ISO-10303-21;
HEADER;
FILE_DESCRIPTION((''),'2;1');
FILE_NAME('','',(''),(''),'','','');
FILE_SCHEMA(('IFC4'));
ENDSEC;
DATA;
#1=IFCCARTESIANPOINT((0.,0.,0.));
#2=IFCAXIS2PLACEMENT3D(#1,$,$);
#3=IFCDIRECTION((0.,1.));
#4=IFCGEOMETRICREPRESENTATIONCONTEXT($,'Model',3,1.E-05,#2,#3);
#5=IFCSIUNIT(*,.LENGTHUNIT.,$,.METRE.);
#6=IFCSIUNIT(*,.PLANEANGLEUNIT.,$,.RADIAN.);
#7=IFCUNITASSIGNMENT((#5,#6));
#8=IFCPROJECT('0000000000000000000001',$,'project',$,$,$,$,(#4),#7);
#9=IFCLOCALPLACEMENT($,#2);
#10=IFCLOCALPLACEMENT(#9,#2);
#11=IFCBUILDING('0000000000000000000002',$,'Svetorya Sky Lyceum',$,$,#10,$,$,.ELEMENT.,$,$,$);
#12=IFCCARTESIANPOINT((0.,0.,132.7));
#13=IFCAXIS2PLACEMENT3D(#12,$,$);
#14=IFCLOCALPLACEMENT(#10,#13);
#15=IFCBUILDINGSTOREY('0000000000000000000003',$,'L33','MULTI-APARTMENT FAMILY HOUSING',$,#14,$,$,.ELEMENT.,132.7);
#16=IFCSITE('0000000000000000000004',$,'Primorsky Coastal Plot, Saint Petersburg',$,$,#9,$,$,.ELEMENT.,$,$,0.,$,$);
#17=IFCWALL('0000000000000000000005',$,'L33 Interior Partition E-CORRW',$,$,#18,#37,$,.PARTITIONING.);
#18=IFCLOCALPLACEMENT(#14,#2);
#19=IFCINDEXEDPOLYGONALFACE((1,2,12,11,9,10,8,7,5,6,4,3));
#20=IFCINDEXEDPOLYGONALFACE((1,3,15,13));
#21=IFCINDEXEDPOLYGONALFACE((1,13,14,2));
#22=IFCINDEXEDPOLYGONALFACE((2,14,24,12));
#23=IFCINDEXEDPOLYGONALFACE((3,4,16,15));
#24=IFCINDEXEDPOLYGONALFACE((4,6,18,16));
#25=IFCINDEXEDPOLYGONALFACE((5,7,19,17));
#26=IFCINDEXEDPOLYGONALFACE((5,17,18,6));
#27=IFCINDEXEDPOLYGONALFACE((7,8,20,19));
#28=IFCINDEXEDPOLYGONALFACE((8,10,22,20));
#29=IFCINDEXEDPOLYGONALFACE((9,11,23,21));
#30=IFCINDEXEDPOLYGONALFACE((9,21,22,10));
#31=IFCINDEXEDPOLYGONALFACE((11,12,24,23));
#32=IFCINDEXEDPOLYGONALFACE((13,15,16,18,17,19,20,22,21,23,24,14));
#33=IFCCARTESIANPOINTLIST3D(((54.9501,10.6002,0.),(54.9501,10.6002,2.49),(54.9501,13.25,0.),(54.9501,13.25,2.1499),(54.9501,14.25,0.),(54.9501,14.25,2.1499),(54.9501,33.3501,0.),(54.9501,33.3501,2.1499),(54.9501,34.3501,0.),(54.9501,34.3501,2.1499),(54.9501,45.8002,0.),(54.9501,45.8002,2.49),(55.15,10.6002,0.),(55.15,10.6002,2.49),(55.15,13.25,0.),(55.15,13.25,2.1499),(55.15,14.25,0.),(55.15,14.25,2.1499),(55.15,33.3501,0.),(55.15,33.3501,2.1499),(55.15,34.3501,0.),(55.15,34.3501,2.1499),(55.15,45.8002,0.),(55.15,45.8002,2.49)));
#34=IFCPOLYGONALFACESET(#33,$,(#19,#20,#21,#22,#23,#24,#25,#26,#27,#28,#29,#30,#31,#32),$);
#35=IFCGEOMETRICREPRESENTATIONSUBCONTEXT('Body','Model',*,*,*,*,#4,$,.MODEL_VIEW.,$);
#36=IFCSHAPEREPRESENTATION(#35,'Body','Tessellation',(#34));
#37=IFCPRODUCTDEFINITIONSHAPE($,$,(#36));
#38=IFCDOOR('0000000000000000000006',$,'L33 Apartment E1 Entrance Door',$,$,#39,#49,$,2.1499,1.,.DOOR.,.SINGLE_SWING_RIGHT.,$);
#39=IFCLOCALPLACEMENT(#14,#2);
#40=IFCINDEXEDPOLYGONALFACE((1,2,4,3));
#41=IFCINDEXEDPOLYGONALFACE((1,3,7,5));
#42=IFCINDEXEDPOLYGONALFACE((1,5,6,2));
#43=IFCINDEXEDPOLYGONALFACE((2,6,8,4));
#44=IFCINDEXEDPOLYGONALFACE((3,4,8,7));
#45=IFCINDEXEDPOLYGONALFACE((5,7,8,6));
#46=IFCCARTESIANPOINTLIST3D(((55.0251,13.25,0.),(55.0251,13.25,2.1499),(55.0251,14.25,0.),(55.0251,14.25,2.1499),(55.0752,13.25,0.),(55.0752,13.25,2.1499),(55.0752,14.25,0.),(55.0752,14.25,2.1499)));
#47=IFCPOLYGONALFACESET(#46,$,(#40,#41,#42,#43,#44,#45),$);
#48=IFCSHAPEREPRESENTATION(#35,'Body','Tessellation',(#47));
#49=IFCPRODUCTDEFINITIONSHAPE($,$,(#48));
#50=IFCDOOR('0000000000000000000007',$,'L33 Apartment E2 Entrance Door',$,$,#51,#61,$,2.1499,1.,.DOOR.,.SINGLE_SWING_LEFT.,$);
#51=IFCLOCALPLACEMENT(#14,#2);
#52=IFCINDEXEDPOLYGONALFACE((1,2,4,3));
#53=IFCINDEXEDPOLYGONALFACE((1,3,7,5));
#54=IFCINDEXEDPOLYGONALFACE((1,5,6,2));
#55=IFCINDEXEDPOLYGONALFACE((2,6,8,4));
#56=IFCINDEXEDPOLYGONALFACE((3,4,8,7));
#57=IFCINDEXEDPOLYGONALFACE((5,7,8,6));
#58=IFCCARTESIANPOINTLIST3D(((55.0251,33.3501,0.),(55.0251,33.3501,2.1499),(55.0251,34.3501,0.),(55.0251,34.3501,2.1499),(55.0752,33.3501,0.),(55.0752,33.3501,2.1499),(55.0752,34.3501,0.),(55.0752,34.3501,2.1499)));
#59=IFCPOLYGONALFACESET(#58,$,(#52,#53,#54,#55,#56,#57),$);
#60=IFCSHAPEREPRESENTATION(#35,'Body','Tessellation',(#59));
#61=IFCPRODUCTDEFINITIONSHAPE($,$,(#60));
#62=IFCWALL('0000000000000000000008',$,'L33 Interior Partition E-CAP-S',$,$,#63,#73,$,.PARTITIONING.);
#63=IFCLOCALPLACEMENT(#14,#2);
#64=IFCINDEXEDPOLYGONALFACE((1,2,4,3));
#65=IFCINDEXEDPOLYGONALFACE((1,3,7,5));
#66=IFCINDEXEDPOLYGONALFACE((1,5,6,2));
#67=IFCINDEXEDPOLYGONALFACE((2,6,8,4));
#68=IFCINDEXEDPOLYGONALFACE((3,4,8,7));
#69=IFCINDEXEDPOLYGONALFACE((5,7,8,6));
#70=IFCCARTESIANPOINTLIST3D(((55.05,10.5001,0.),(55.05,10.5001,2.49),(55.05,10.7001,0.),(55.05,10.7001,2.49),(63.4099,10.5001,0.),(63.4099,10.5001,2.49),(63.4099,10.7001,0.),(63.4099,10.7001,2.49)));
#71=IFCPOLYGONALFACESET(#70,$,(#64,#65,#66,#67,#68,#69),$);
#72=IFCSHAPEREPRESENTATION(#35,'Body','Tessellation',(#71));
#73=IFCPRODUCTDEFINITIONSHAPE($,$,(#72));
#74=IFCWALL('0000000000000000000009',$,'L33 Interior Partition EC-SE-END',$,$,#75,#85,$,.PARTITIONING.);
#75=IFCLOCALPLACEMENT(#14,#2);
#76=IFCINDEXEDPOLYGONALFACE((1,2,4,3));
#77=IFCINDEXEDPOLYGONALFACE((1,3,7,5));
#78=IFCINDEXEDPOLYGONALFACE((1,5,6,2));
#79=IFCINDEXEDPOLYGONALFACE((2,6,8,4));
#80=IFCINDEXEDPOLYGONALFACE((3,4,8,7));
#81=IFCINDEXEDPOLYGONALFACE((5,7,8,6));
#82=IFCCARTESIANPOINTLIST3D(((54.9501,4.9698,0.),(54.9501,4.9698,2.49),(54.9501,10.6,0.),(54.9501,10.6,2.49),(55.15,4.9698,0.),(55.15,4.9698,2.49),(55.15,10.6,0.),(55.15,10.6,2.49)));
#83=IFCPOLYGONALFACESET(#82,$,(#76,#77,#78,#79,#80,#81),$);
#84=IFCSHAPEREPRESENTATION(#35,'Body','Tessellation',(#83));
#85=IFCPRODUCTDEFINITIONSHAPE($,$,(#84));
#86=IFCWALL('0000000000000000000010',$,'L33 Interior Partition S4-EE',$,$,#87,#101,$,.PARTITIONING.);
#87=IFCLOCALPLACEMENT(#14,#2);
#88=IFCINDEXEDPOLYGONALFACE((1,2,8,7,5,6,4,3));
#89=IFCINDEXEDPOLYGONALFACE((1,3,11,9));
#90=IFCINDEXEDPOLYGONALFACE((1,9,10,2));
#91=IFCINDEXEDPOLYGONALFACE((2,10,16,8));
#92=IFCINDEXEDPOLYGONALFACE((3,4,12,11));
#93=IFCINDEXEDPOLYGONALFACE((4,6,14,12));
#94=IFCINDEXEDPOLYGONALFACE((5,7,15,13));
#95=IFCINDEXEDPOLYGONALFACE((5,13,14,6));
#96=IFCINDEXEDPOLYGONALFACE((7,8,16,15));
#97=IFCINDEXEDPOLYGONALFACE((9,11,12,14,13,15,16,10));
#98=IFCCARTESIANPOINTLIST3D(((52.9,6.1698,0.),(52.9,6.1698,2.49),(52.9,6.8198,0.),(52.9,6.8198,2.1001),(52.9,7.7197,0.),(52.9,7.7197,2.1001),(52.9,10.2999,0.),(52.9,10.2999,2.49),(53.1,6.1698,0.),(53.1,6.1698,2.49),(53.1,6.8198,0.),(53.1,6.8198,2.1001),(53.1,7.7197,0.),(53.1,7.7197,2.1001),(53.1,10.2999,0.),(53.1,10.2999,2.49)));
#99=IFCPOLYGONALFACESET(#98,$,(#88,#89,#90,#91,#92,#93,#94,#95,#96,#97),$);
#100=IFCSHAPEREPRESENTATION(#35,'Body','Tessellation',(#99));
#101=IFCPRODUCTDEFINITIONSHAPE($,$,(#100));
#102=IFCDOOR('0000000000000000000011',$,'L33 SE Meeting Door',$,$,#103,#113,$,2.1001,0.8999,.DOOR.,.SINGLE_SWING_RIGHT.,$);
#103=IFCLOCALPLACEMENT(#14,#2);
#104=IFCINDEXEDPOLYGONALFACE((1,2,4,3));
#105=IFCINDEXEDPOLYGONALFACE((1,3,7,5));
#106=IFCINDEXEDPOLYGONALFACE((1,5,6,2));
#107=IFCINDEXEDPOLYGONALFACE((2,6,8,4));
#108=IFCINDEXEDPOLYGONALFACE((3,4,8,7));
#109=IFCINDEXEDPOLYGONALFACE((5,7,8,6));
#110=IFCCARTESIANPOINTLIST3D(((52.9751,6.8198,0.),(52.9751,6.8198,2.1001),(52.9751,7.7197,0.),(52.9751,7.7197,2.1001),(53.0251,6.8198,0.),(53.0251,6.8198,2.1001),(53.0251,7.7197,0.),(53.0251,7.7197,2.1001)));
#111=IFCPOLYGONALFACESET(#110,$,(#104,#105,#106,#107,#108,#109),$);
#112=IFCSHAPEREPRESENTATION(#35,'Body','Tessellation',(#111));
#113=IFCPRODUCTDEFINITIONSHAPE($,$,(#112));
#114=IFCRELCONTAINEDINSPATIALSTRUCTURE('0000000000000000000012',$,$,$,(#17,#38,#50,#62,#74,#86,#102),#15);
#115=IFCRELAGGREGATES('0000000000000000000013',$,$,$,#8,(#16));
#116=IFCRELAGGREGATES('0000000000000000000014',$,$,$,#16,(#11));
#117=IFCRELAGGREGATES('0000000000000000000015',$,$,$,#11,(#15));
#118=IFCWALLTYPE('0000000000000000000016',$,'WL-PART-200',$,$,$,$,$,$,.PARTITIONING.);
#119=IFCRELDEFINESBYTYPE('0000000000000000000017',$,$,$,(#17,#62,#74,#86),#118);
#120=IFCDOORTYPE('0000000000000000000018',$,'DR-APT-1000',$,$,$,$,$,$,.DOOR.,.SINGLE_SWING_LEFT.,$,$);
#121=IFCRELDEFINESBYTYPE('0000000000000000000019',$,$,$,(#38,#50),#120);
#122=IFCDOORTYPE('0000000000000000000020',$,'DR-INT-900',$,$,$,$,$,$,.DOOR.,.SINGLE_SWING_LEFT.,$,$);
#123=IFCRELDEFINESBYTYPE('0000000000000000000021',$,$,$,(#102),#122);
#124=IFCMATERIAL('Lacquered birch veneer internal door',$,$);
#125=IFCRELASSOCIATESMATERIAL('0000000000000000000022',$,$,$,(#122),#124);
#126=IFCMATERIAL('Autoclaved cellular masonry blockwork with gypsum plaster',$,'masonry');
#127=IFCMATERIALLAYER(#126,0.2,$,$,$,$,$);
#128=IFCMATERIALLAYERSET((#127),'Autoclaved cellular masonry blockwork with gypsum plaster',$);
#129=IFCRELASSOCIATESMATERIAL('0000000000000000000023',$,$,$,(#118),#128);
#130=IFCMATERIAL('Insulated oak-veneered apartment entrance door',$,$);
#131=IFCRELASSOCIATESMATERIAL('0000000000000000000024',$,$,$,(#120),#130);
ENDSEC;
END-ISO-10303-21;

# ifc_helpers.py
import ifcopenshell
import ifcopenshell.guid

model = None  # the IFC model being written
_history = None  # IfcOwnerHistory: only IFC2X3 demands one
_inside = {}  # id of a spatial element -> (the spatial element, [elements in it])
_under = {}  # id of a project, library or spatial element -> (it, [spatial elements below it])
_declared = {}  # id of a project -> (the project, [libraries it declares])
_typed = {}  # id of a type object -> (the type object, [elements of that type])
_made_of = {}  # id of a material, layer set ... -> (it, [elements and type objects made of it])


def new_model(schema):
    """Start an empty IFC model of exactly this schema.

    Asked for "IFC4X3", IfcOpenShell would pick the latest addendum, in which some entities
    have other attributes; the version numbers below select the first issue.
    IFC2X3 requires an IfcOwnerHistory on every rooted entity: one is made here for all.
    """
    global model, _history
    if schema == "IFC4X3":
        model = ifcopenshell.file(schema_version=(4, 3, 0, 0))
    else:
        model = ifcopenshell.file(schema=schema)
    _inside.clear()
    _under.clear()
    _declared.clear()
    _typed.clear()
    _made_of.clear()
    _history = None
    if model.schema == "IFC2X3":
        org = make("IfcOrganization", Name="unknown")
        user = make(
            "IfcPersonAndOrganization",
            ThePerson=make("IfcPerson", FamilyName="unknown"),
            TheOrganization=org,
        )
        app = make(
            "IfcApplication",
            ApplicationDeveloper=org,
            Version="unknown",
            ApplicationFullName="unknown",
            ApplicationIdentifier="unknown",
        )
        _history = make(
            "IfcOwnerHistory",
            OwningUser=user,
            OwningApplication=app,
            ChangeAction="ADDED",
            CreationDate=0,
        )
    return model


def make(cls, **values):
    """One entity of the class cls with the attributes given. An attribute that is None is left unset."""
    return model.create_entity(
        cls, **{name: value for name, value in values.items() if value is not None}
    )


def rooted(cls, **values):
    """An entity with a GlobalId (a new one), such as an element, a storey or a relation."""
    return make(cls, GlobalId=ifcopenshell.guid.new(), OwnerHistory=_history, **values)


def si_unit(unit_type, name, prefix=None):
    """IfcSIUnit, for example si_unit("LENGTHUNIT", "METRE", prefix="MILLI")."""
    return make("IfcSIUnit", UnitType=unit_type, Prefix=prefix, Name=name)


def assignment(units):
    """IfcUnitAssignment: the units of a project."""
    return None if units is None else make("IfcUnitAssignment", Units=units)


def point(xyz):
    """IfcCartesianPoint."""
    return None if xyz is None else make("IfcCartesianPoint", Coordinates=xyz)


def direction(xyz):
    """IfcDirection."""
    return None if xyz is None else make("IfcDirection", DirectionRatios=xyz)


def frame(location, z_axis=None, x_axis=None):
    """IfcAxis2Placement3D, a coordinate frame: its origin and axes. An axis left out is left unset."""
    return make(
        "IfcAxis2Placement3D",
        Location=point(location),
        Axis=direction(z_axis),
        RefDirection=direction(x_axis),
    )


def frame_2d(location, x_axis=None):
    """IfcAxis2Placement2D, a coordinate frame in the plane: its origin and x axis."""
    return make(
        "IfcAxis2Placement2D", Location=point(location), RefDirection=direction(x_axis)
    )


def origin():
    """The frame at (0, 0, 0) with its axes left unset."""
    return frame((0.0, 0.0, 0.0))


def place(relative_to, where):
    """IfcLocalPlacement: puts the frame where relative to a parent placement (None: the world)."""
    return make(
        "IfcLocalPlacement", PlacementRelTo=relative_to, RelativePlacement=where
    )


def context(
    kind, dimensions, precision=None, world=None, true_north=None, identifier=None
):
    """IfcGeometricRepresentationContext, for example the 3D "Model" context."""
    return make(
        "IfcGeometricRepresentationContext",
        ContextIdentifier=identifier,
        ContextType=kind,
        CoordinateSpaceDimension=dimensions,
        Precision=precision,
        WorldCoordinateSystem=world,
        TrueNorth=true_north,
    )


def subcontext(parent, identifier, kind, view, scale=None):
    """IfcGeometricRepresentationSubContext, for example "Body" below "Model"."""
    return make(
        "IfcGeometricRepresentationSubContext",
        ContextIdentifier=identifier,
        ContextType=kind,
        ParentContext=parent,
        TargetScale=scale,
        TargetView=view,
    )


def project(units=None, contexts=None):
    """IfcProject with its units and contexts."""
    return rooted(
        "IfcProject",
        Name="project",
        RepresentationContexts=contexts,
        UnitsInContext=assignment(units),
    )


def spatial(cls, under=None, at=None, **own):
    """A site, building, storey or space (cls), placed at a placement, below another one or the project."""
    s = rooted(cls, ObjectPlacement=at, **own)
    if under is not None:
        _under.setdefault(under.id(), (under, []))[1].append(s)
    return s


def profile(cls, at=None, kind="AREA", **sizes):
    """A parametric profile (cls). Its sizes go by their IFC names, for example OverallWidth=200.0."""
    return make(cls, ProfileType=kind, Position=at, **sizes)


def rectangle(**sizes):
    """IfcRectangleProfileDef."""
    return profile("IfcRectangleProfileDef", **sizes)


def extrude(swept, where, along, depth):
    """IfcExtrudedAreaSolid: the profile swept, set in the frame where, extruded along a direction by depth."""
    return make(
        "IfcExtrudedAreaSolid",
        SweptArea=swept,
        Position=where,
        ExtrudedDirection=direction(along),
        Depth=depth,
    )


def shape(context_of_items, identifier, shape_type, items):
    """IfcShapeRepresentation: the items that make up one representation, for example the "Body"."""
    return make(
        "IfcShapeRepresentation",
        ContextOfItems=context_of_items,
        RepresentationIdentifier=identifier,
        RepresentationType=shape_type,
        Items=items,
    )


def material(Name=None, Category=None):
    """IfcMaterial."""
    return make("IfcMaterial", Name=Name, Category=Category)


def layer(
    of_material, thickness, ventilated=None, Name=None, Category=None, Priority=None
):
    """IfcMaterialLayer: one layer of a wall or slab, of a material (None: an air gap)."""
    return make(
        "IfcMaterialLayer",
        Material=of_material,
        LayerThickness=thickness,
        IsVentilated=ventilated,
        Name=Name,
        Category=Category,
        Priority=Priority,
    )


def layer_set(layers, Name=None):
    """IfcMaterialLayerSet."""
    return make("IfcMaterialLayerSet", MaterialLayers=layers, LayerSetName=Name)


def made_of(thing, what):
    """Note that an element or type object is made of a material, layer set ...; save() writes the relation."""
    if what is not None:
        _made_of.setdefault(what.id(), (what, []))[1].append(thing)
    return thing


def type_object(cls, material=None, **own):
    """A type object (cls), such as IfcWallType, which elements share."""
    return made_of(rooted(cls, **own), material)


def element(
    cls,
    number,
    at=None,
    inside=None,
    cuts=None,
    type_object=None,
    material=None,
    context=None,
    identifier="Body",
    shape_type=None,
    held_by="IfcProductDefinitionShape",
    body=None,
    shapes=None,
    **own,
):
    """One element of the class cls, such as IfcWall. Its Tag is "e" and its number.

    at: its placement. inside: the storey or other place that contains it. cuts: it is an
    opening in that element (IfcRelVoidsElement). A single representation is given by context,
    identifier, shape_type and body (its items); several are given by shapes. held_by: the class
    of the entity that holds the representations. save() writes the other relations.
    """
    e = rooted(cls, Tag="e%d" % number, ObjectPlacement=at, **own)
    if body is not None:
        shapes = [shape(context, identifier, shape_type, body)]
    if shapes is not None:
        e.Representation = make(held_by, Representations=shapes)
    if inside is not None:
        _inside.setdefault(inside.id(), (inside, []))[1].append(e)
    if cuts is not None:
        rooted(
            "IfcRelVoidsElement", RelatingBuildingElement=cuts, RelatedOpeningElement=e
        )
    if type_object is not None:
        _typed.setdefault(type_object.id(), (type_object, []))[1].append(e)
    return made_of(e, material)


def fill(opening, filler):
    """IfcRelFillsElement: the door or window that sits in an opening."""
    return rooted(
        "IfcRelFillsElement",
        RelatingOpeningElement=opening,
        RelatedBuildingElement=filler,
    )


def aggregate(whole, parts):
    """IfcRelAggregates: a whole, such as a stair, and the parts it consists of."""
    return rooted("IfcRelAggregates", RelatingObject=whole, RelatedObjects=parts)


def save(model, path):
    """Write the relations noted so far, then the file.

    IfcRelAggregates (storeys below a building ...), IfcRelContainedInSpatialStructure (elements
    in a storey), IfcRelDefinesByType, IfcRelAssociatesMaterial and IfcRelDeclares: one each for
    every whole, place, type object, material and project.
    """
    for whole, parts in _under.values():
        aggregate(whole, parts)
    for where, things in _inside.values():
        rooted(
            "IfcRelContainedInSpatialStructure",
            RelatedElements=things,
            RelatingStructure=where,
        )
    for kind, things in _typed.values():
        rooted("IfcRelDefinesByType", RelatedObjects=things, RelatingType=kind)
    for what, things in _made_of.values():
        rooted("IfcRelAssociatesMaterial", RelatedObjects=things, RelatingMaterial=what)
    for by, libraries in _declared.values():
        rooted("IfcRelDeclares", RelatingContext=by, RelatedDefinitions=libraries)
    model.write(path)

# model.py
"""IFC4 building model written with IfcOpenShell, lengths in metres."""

from ifc_helpers import new_model, si_unit, direction, frame, frame_2d, origin, place, context, subcontext, project, spatial, rectangle, extrude, material, layer, layer_set, type_object, element, fill, save


model = new_model("IFC4")

# Units and contexts
model_context = context("Model", 3, precision=1e-05, world=origin(), true_north=direction((0.0, 1.0)))
body_context = subcontext(model_context, "Body", "Model", "MODEL_VIEW")
ifc_project = project(units=[si_unit("LENGTHUNIT", "METRE"), si_unit("PLANEANGLEUNIT", "RADIAN")], contexts=[model_context])

# Site, building, storey
site_placement = place(None, origin())
site = spatial("IfcSite", under=ifc_project, at=site_placement, Name="Primorsky Coastal Plot, Saint Petersburg", CompositionType="ELEMENT", RefElevation=0.0)
building_placement = place(site_placement, origin())
building = spatial("IfcBuilding", under=site, at=building_placement, Name="Svetorya Sky Lyceum", CompositionType="ELEMENT")
storey_placement = place(building_placement, frame((0.0, 0.0, 132.7)))
storey = spatial("IfcBuildingStorey", under=building, at=storey_placement, Name="L33", Description="MULTI-APARTMENT FAMILY HOUSING", CompositionType="ELEMENT", Elevation=132.7)

# Wall, openings, doors
ifc_material_1 = material(Name="Lacquered birch veneer internal door")
door_type_1 = type_object("IfcDoorType", Name="DR-INT-900", OperationType="SINGLE_SWING_LEFT", PredefinedType="DOOR", material=ifc_material_1)
ifc_material_2 = material(Name="Autoclaved cellular masonry blockwork with gypsum plaster", Category="masonry")
ifc_layer_1 = layer(ifc_material_2, 0.2)
ifc_layer_set_1 = layer_set([ifc_layer_1], Name="Autoclaved cellular masonry blockwork with gypsum plaster")
wall_type_1 = type_object("IfcWallType", Name="WL-PART-200", PredefinedType="PARTITIONING", material=ifc_layer_set_1)
wall_1_placement = place(storey_placement, frame((55.05, 10.6001, 0.0), z_axis=(0.0, 0.0, 1.0), x_axis=(0.0, 1.0, 0.0)))
wall_1 = element("IfcWall", 1, at=wall_1_placement, inside=storey, type_object=wall_type_1, Name="L33 Interior Partition E-CORRW", PredefinedType="PARTITIONING", context=body_context, shape_type="SweptSolid", body=[
    extrude(rectangle(XDim=35.2, YDim=0.2, at=frame_2d((17.6001, 0.0))), origin(), (0.0, 0.0, 1.0), 2.49),
])
opening_1_placement = place(wall_1_placement, frame((2.6499, 0.0, 0.0)))
opening_1 = element("IfcOpeningElement", 2, at=opening_1_placement, cuts=wall_1, PredefinedType="OPENING", context=body_context, shape_type="SweptSolid", body=[
    extrude(rectangle(XDim=1.0, YDim=2.1499, at=frame_2d((0.5, 1.075))), frame((0.0, 0.1099, 0.0), z_axis=(0.0, -1.0, 0.0), x_axis=(1.0, 0.0, 0.0)), (0.0, 0.0, 1.0), 0.22),
])
opening_2_placement = place(wall_1_placement, frame((22.75, 0.0, 0.0)))
opening_2 = element("IfcOpeningElement", 3, at=opening_2_placement, cuts=wall_1, PredefinedType="OPENING", context=body_context, shape_type="SweptSolid", body=[
    extrude(rectangle(XDim=1.0, YDim=2.1499, at=frame_2d((0.5, 1.075))), frame((0.0, 0.1099, 0.0), z_axis=(0.0, -1.0, 0.0), x_axis=(1.0, 0.0, 0.0)), (0.0, 0.0, 1.0), 0.22),
])
ifc_material_3 = material(Name="Insulated oak-veneered apartment entrance door")
door_type_2 = type_object("IfcDoorType", Name="DR-APT-1000", OperationType="SINGLE_SWING_LEFT", PredefinedType="DOOR", material=ifc_material_3)
door_1_placement = place(opening_1_placement, origin())
door_1 = element("IfcDoor", 4, at=door_1_placement, inside=storey, type_object=door_type_2, Name="L33 Apartment E1 Entrance Door", OperationType="SINGLE_SWING_RIGHT", OverallHeight=2.1499, OverallWidth=1.0, PredefinedType="DOOR", context=body_context, shape_type="SweptSolid", body=[
    extrude(rectangle(XDim=1.0, YDim=2.1499, at=frame_2d((0.5, 1.075))), frame((0.0, 0.0249, 0.0), z_axis=(0.0, -1.0, 0.0), x_axis=(1.0, 0.0, 0.0)), (0.0, 0.0, 1.0), 0.05),
])
fill(opening_1, door_1)
door_2_placement = place(opening_2_placement, origin())
door_2 = element("IfcDoor", 5, at=door_2_placement, inside=storey, type_object=door_type_2, Name="L33 Apartment E2 Entrance Door", OperationType="SINGLE_SWING_LEFT", OverallHeight=2.1499, OverallWidth=1.0, PredefinedType="DOOR", context=body_context, shape_type="SweptSolid", body=[
    extrude(rectangle(XDim=1.0, YDim=2.1499, at=frame_2d((0.5, 1.075))), frame((0.0, 0.0249, 0.0), z_axis=(0.0, -1.0, 0.0), x_axis=(1.0, 0.0, 0.0)), (0.0, 0.0, 1.0), 0.05),
])
fill(opening_2, door_2)

# Walls
wall_2_placement = place(storey_placement, frame((55.05, 10.6001, 0.0), z_axis=(0.0, 0.0, 1.0), x_axis=(1.0, 0.0, 0.0)))
element("IfcWall", 6, at=wall_2_placement, inside=storey, type_object=wall_type_1, Name="L33 Interior Partition E-CAP-S", PredefinedType="PARTITIONING", context=body_context, shape_type="SweptSolid", body=[
    extrude(rectangle(XDim=8.3599, YDim=0.2, at=frame_2d((4.1799, 0.0))), origin(), (0.0, 0.0, 1.0), 2.49),
])
wall_3_placement = place(storey_placement, frame((55.05, 4.97, 0.0), z_axis=(0.0, 0.0, 1.0), x_axis=(0.0, 1.0, 0.0)))
element("IfcWall", 7, at=wall_3_placement, inside=storey, type_object=wall_type_1, Name="L33 Interior Partition EC-SE-END", PredefinedType="PARTITIONING", context=body_context, shape_type="SweptSolid", body=[
    extrude(rectangle(XDim=5.6301, YDim=0.2, at=frame_2d((2.8149, 0.0))), origin(), (0.0, 0.0, 1.0), 2.49),
])

# Wall, opening, door
wall_4_placement = place(storey_placement, frame((53.0, 6.1699, 0.0), z_axis=(0.0, 0.0, 1.0), x_axis=(0.0, 1.0, 0.0)))
wall_4 = element("IfcWall", 8, at=wall_4_placement, inside=storey, type_object=wall_type_1, Name="L33 Interior Partition S4-EE", PredefinedType="PARTITIONING", context=body_context, shape_type="SweptSolid", body=[
    extrude(rectangle(XDim=4.1301, YDim=0.2, at=frame_2d((2.0649, 0.0))), origin(), (0.0, 0.0, 1.0), 2.49),
])
opening_3_placement = place(wall_4_placement, frame((0.6499, 0.0, 0.0)))
opening_3 = element("IfcOpeningElement", 9, at=opening_3_placement, cuts=wall_4, PredefinedType="OPENING", context=body_context, shape_type="SweptSolid", body=[
    extrude(rectangle(XDim=0.8999, YDim=2.1001, at=frame_2d((0.45, 1.05))), frame((0.0, 0.1099, 0.0), z_axis=(0.0, -1.0, 0.0), x_axis=(1.0, 0.0, 0.0)), (0.0, 0.0, 1.0), 0.22),
])
door_3_placement = place(opening_3_placement, origin())
door_3 = element("IfcDoor", 10, at=door_3_placement, inside=storey, type_object=door_type_1, Name="L33 SE Meeting Door", OperationType="SINGLE_SWING_RIGHT", OverallHeight=2.1001, OverallWidth=0.8999, PredefinedType="DOOR", context=body_context, shape_type="SweptSolid", body=[
    extrude(rectangle(XDim=0.8999, YDim=2.1001, at=frame_2d((0.45, 1.05))), frame((0.0, 0.0249, 0.0), z_axis=(0.0, -1.0, 0.0), x_axis=(1.0, 0.0, 0.0)), (0.0, 0.0, 1.0), 0.05),
])
fill(opening_3, door_3)

save(model, "model.ifc")
